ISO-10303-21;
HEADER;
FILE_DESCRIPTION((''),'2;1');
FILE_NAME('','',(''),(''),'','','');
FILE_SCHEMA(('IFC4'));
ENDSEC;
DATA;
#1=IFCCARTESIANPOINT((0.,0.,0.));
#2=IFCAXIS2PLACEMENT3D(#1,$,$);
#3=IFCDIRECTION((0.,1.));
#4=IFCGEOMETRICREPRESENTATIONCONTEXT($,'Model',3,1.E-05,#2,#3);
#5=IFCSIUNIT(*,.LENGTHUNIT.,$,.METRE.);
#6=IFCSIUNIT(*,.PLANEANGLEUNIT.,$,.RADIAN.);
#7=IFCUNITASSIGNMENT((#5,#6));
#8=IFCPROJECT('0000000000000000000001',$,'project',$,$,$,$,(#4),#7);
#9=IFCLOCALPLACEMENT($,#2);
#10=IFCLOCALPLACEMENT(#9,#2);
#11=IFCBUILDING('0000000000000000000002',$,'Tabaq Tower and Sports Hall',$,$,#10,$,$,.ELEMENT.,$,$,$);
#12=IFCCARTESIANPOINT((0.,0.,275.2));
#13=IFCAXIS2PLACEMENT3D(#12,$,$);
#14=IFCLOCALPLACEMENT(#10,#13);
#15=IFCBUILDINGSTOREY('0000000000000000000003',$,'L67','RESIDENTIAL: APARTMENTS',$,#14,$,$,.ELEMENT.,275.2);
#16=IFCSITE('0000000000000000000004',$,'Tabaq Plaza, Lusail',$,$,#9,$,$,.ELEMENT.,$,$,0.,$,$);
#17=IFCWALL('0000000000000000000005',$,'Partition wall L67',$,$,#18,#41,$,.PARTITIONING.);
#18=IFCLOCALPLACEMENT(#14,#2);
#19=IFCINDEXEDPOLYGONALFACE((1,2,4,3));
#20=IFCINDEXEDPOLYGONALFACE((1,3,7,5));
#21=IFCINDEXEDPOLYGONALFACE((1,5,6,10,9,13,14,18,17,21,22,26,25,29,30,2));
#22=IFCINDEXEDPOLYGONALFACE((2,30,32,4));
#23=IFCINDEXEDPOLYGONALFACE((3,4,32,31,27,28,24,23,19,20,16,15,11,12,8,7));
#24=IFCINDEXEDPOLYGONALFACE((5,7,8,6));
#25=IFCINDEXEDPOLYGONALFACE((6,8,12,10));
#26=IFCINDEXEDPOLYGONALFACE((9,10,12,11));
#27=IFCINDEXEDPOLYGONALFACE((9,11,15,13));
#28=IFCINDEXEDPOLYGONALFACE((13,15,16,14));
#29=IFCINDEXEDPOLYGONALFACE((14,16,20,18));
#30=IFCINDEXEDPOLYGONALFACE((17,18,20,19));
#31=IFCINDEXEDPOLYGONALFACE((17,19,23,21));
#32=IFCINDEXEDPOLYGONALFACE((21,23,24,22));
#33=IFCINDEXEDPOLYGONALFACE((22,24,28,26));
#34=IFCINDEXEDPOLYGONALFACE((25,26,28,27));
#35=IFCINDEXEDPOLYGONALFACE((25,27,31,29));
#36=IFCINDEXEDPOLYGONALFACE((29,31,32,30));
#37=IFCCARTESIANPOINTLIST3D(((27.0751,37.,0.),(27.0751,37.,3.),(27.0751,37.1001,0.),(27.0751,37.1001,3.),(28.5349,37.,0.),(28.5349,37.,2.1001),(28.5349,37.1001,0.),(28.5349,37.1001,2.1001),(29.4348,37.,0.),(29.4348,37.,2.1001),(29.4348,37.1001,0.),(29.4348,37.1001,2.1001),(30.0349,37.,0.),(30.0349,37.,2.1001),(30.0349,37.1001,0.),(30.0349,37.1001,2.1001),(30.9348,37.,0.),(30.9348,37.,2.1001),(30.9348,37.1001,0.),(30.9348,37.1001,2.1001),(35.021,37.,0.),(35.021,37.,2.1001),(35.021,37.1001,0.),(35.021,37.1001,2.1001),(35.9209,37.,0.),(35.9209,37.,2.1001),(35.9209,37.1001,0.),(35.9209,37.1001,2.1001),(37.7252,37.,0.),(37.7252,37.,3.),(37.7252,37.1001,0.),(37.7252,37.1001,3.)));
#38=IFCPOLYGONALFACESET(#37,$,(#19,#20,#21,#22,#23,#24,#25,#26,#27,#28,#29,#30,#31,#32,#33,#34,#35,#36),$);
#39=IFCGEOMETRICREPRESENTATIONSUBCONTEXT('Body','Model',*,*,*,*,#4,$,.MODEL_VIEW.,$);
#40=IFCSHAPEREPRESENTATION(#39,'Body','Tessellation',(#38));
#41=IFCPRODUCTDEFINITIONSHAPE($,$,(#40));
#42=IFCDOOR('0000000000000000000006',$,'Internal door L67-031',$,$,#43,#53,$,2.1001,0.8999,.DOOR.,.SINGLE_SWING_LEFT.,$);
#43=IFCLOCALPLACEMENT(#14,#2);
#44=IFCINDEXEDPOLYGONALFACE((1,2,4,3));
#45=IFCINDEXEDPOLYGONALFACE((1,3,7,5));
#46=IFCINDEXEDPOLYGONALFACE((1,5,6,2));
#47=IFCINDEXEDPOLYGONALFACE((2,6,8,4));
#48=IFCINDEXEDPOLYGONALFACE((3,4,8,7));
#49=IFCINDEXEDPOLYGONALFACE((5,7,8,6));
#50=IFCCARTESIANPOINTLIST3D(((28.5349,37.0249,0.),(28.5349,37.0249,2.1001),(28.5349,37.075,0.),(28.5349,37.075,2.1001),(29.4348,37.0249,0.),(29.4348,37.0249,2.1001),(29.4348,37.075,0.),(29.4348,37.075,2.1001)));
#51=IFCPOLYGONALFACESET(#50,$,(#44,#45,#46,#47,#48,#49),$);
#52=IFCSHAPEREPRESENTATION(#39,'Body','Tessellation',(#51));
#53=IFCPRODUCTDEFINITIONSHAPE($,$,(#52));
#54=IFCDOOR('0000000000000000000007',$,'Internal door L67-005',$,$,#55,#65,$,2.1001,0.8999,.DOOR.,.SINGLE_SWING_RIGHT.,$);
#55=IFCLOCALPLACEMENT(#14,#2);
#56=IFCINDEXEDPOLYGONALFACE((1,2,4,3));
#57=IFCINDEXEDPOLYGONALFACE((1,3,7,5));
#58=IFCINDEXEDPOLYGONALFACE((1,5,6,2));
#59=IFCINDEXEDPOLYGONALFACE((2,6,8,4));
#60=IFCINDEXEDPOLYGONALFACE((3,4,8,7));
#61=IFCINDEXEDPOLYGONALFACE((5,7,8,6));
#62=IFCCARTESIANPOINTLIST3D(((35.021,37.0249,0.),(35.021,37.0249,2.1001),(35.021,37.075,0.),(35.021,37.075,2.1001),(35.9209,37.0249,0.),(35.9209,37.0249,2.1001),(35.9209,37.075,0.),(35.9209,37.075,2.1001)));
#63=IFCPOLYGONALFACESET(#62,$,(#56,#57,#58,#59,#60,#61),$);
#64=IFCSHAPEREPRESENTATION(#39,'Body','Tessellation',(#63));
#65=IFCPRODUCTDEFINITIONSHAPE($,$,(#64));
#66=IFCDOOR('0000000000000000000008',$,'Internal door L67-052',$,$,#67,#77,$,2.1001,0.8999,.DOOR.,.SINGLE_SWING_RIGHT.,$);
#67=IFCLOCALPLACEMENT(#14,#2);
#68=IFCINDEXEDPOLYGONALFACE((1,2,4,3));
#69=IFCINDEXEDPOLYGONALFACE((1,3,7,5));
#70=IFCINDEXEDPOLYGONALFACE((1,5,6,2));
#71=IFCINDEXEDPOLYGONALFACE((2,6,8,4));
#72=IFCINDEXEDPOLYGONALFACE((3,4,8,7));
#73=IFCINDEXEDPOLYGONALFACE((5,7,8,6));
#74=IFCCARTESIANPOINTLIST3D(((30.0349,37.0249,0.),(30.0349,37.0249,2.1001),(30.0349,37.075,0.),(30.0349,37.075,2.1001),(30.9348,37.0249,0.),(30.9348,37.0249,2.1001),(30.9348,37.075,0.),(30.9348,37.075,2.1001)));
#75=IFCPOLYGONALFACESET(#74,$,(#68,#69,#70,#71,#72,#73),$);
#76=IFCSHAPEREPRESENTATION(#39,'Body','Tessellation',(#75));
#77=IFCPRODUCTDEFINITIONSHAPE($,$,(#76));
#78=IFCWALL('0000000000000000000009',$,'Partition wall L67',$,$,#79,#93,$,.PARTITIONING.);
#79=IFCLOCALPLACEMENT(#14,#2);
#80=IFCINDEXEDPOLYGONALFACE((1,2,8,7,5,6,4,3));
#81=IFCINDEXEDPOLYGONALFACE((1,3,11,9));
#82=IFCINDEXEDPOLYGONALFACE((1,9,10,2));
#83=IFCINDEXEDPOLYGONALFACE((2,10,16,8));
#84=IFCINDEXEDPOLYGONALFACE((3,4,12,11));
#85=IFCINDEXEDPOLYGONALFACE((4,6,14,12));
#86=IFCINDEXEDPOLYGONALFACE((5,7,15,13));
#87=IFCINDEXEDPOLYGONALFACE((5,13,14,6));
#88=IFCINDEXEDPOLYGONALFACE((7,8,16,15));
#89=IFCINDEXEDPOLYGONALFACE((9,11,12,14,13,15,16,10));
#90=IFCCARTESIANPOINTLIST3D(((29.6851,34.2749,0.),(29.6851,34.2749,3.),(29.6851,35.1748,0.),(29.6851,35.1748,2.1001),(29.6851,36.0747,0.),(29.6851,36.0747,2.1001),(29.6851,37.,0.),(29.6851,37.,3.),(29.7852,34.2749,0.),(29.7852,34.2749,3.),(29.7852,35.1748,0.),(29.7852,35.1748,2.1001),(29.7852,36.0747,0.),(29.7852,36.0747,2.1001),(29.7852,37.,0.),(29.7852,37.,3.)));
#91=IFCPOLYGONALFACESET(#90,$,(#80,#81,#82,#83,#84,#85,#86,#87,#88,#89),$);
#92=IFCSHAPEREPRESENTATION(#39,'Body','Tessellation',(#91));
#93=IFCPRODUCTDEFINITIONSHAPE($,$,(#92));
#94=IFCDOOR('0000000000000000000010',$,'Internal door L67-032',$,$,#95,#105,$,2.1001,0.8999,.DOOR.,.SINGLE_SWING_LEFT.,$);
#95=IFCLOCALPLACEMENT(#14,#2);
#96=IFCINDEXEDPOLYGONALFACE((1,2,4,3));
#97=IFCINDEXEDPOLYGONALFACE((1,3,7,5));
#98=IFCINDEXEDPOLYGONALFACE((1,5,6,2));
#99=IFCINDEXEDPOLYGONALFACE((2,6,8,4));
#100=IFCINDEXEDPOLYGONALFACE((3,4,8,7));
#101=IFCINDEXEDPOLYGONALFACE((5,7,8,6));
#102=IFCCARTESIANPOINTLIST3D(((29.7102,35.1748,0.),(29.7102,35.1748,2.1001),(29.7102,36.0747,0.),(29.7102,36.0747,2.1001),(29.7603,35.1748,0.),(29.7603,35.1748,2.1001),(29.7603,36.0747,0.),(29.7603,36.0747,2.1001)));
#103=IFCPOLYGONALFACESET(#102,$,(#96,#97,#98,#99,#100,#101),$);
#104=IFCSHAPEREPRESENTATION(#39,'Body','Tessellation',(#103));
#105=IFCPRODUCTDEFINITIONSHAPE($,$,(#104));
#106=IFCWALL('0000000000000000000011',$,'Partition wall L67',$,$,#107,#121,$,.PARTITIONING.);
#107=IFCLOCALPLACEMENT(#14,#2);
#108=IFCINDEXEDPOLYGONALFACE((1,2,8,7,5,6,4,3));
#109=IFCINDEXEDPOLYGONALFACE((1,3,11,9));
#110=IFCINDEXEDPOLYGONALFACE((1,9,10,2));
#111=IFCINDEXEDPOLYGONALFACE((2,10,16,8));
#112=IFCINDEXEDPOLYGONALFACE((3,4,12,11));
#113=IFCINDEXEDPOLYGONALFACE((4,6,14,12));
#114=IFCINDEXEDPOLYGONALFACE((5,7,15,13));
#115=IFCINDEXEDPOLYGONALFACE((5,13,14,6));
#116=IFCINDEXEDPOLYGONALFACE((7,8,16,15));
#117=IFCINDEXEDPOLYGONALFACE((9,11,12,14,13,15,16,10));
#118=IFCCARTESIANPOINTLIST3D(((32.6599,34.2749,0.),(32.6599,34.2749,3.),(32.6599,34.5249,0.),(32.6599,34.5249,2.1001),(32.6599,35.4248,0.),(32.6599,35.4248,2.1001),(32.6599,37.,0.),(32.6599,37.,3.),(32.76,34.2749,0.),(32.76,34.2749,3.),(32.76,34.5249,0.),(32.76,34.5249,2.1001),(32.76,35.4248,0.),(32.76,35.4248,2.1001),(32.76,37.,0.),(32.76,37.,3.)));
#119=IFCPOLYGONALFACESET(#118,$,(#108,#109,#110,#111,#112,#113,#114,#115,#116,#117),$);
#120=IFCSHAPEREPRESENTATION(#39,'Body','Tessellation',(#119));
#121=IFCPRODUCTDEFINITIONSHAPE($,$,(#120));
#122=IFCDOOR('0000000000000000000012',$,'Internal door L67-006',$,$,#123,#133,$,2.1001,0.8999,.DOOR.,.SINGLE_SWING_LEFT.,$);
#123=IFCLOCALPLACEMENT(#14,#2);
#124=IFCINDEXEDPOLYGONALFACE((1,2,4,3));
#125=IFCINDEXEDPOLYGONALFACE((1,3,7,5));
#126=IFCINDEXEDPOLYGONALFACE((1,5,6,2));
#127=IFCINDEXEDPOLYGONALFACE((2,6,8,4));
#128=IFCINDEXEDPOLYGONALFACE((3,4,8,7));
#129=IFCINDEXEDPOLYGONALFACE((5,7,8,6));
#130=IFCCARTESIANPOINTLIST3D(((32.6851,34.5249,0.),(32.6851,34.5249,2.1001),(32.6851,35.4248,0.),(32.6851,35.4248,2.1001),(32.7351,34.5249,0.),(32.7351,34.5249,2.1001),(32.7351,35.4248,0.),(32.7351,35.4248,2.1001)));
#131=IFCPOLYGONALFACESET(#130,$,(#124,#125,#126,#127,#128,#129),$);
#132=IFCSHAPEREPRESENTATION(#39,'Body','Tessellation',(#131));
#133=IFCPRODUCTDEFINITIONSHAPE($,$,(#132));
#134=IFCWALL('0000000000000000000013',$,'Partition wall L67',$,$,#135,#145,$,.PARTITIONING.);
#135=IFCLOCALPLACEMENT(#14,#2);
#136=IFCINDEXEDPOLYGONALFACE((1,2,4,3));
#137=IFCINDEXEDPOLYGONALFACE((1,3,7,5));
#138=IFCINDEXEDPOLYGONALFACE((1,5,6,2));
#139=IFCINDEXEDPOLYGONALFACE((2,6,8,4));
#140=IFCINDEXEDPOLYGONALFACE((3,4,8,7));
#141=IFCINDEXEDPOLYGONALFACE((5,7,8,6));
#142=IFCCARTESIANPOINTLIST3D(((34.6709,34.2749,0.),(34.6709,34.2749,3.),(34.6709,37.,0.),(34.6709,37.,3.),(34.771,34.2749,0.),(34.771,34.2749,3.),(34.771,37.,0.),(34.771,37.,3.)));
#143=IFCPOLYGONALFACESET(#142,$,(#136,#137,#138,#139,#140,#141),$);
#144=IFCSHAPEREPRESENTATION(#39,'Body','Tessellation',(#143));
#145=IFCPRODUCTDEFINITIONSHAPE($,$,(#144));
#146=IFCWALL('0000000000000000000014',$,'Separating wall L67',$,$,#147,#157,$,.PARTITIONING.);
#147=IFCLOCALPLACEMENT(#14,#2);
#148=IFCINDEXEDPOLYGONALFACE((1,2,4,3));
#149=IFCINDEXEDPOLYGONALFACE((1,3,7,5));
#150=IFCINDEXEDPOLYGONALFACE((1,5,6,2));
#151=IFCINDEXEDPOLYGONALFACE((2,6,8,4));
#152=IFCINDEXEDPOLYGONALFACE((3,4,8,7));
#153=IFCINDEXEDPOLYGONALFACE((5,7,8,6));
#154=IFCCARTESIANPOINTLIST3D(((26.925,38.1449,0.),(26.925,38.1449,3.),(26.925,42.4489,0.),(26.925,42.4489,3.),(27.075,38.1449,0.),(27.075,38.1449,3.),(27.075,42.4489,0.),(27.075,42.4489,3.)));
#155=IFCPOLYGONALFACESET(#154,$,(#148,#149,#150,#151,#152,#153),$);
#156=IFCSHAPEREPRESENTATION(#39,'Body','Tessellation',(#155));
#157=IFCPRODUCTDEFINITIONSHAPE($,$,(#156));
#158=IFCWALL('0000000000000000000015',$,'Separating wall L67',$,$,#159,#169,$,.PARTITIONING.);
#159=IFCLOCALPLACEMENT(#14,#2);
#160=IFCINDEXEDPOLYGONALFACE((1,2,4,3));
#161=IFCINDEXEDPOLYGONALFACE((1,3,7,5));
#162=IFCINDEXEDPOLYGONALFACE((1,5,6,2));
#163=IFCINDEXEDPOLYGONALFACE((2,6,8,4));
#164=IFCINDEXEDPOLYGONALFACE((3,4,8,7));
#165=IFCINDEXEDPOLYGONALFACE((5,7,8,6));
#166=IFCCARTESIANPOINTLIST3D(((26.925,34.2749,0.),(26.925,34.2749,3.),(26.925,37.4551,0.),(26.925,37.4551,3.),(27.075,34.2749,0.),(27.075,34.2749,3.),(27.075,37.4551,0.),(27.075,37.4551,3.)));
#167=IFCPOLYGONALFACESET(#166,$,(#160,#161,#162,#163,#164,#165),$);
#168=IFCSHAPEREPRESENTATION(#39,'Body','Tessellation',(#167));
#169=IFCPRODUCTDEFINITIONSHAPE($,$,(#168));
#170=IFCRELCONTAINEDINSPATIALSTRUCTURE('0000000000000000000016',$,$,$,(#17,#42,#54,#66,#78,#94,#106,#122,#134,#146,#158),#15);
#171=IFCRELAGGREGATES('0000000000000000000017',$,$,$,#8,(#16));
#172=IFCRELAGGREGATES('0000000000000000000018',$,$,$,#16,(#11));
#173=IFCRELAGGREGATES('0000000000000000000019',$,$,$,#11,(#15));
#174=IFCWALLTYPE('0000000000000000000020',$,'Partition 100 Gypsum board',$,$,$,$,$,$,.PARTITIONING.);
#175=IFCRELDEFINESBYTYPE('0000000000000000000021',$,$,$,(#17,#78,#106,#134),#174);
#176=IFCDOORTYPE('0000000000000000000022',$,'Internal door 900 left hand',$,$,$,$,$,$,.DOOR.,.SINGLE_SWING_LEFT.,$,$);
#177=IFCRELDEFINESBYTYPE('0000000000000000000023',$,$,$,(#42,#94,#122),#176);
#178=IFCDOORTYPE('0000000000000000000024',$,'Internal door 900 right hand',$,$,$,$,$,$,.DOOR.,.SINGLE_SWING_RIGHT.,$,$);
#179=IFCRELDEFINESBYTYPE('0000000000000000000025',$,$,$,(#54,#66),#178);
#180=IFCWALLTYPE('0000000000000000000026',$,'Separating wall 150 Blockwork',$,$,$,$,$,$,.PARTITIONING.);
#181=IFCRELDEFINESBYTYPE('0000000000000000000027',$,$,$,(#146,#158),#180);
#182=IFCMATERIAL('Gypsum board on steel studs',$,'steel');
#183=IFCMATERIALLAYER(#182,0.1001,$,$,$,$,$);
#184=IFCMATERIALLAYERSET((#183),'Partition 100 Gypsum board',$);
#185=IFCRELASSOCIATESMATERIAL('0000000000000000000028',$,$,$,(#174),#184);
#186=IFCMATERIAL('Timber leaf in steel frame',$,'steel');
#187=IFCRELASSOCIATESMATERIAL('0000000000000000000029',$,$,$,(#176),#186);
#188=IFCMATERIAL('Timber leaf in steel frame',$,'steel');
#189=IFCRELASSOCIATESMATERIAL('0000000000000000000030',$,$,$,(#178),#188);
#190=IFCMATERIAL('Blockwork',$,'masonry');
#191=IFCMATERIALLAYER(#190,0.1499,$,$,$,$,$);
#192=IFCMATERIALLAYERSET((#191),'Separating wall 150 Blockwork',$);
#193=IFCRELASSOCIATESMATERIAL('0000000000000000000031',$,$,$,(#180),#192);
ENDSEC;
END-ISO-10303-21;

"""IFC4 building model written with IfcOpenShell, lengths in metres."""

from ifc_helpers import new_model, si_unit, direction, frame, frame_2d, origin, place, context, subcontext, project, spatial, rectangle, extrude, material, layer, layer_set, type_object, element, fill, save


model = new_model("IFC4")

# Units and contexts
model_context = context("Model", 3, precision=1e-05, world=origin(), true_north=direction((0.0, 1.0)))
body_context = subcontext(model_context, "Body", "Model", "MODEL_VIEW")
ifc_project = project(units=[si_unit("LENGTHUNIT", "METRE"), si_unit("PLANEANGLEUNIT", "RADIAN")], contexts=[model_context])

# Site, building, storey
site_placement = place(None, origin())
site = spatial("IfcSite", under=ifc_project, at=site_placement, Name="Tabaq Plaza, Lusail", CompositionType="ELEMENT", RefElevation=0.0)
building_placement = place(site_placement, origin())
building = spatial("IfcBuilding", under=site, at=building_placement, Name="Tabaq Tower and Sports Hall", CompositionType="ELEMENT")
storey_placement = place(building_placement, frame((0.0, 0.0, 275.2)))
storey = spatial("IfcBuildingStorey", under=building, at=storey_placement, Name="L67", Description="RESIDENTIAL: APARTMENTS", CompositionType="ELEMENT", Elevation=275.2)

# Shared definitions
ifc_material_1 = material(Name="Gypsum board on steel studs", Category="steel")
ifc_layer_1 = layer(ifc_material_1, 0.1001)
ifc_layer_set_1 = layer_set([ifc_layer_1], Name="Partition 100 Gypsum board")
wall_type_1 = type_object("IfcWallType", Name="Partition 100 Gypsum board", PredefinedType="PARTITIONING", material=ifc_layer_set_1)

# Shared definitions
ifc_material_2 = material(Name="Timber leaf in steel frame", Category="steel")
door_type_1 = type_object("IfcDoorType", Name="Internal door 900 left hand", OperationType="SINGLE_SWING_LEFT", PredefinedType="DOOR", material=ifc_material_2)

# Wall, openings, doors
wall_1_placement = place(storey_placement, frame((27.075, 37.05, 0.0), z_axis=(0.0, 0.0, 1.0), x_axis=(1.0, 0.0, 0.0)))
wall_1 = element("IfcWall", 1, at=wall_1_placement, inside=storey, type_object=wall_type_1, Name="Partition wall L67", PredefinedType="PARTITIONING", context=body_context, shape_type="SweptSolid", body=[
    extrude(rectangle(XDim=10.6501, YDim=0.1001, at=frame_2d((5.3252, 0.0))), origin(), (0.0, 0.0, 1.0), 3.0),
])
opening_1_placement = place(wall_1_placement, frame((7.946, 0.0, 0.0)))
opening_1 = element("IfcOpeningElement", 2, at=opening_1_placement, cuts=wall_1, PredefinedType="OPENING", context=body_context, shape_type="SweptSolid", body=[
    extrude(rectangle(XDim=0.8999, YDim=2.1001, at=frame_2d((0.45, 1.05))), frame((0.0, 0.05, 0.0), z_axis=(0.0, -1.0, 0.0), x_axis=(1.0, 0.0, 0.0)), (0.0, 0.0, 1.0), 0.1001),
])
opening_2_placement = place(wall_1_placement, frame((1.46, 0.0, 0.0)))
opening_2 = element("IfcOpeningElement", 3, at=opening_2_placement, cuts=wall_1, PredefinedType="OPENING", context=body_context, shape_type="SweptSolid", body=[
    extrude(rectangle(XDim=0.8999, YDim=2.1001, at=frame_2d((0.45, 1.05))), frame((0.0, 0.05, 0.0), z_axis=(0.0, -1.0, 0.0), x_axis=(1.0, 0.0, 0.0)), (0.0, 0.0, 1.0), 0.1001),
])
opening_3_placement = place(wall_1_placement, frame((2.96, 0.0, 0.0)))
opening_3 = element("IfcOpeningElement", 4, at=opening_3_placement, cuts=wall_1, PredefinedType="OPENING", context=body_context, shape_type="SweptSolid", body=[
    extrude(rectangle(XDim=0.8999, YDim=2.1001, at=frame_2d((0.45, 1.05))), frame((0.0, 0.05, 0.0), z_axis=(0.0, -1.0, 0.0), x_axis=(1.0, 0.0, 0.0)), (0.0, 0.0, 1.0), 0.1001),
])
door_1_placement = place(opening_2_placement, origin())
door_1 = element("IfcDoor", 5, at=door_1_placement, inside=storey, type_object=door_type_1, Name="Internal door L67-031", OperationType="SINGLE_SWING_LEFT", OverallHeight=2.1001, OverallWidth=0.8999, PredefinedType="DOOR", context=body_context, shape_type="SweptSolid", body=[
    extrude(rectangle(XDim=0.8999, YDim=2.1001, at=frame_2d((0.45, 1.05))), frame((0.0, 0.0249, 0.0), z_axis=(0.0, -1.0, 0.0), x_axis=(1.0, 0.0, 0.0)), (0.0, 0.0, 1.0), 0.05),
])
fill(opening_2, door_1)
ifc_material_3 = material(Name="Timber leaf in steel frame", Category="steel")
door_type_2 = type_object("IfcDoorType", Name="Internal door 900 right hand", OperationType="SINGLE_SWING_RIGHT", PredefinedType="DOOR", material=ifc_material_3)
door_2_placement = place(opening_1_placement, origin())
door_2 = element("IfcDoor", 6, at=door_2_placement, inside=storey, type_object=door_type_2, Name="Internal door L67-005", OperationType="SINGLE_SWING_RIGHT", OverallHeight=2.1001, OverallWidth=0.8999, PredefinedType="DOOR", context=body_context, shape_type="SweptSolid", body=[
    extrude(rectangle(XDim=0.8999, YDim=2.1001, at=frame_2d((0.45, 1.05))), frame((0.0, 0.0249, 0.0), z_axis=(0.0, -1.0, 0.0), x_axis=(1.0, 0.0, 0.0)), (0.0, 0.0, 1.0), 0.05),
])
fill(opening_1, door_2)
door_3_placement = place(opening_3_placement, origin())
door_3 = element("IfcDoor", 7, at=door_3_placement, inside=storey, type_object=door_type_2, Name="Internal door L67-052", OperationType="SINGLE_SWING_RIGHT", OverallHeight=2.1001, OverallWidth=0.8999, PredefinedType="DOOR", context=body_context, shape_type="SweptSolid", body=[
    extrude(rectangle(XDim=0.8999, YDim=2.1001, at=frame_2d((0.45, 1.05))), frame((0.0, 0.0249, 0.0), z_axis=(0.0, -1.0, 0.0), x_axis=(1.0, 0.0, 0.0)), (0.0, 0.0, 1.0), 0.05),
])
fill(opening_3, door_3)

# Walls, openings, doors
wall_2_placement = place(storey_placement, frame((29.7351, 34.2749, 0.0), z_axis=(0.0, 0.0, 1.0), x_axis=(0.0, 1.0, 0.0)))
wall_2 = element("IfcWall", 8, at=wall_2_placement, inside=storey, type_object=wall_type_1, Name="Partition wall L67", PredefinedType="PARTITIONING", context=body_context, shape_type="SweptSolid", body=[
    extrude(rectangle(XDim=2.7251, YDim=0.1001, at=frame_2d((1.3625, 0.0))), origin(), (0.0, 0.0, 1.0), 3.0),
])
opening_4_placement = place(wall_2_placement, frame((0.8999, 0.0, 0.0)))
opening_4 = element("IfcOpeningElement", 9, at=opening_4_placement, cuts=wall_2, PredefinedType="OPENING", context=body_context, shape_type="SweptSolid", body=[
    extrude(rectangle(XDim=0.8999, YDim=2.1001, at=frame_2d((0.45, 1.05))), frame((0.0, 0.05, 0.0), z_axis=(0.0, -1.0, 0.0), x_axis=(1.0, 0.0, 0.0)), (0.0, 0.0, 1.0), 0.1001),
])
door_4_placement = place(opening_4_placement, origin())
door_4 = element("IfcDoor", 10, at=door_4_placement, inside=storey, type_object=door_type_1, Name="Internal door L67-032", OperationType="SINGLE_SWING_LEFT", OverallHeight=2.1001, OverallWidth=0.8999, PredefinedType="DOOR", context=body_context, shape_type="SweptSolid", body=[
    extrude(rectangle(XDim=0.8999, YDim=2.1001, at=frame_2d((0.45, 1.05))), frame((0.0, 0.0249, 0.0), z_axis=(0.0, -1.0, 0.0), x_axis=(1.0, 0.0, 0.0)), (0.0, 0.0, 1.0), 0.05),
])
fill(opening_4, door_4)
wall_3_placement = place(storey_placement, frame((32.71, 34.2749, 0.0), z_axis=(0.0, 0.0, 1.0), x_axis=(0.0, 1.0, 0.0)))
wall_3 = element("IfcWall", 11, at=wall_3_placement, inside=storey, type_object=wall_type_1, Name="Partition wall L67", PredefinedType="PARTITIONING", context=body_context, shape_type="SweptSolid", body=[
    extrude(rectangle(XDim=2.7251, YDim=0.1001, at=frame_2d((1.3625, 0.0))), origin(), (0.0, 0.0, 1.0), 3.0),
])
opening_5_placement = place(wall_3_placement, frame((0.25, 0.0, 0.0)))
opening_5 = element("IfcOpeningElement", 12, at=opening_5_placement, cuts=wall_3, PredefinedType="OPENING", context=body_context, shape_type="SweptSolid", body=[
    extrude(rectangle(XDim=0.8999, YDim=2.1001, at=frame_2d((0.45, 1.05))), frame((0.0, 0.05, 0.0), z_axis=(0.0, -1.0, 0.0), x_axis=(1.0, 0.0, 0.0)), (0.0, 0.0, 1.0), 0.1001),
])
door_5_placement = place(opening_5_placement, origin())
door_5 = element("IfcDoor", 13, at=door_5_placement, inside=storey, type_object=door_type_1, Name="Internal door L67-006", OperationType="SINGLE_SWING_LEFT", OverallHeight=2.1001, OverallWidth=0.8999, PredefinedType="DOOR", context=body_context, shape_type="SweptSolid", body=[
    extrude(rectangle(XDim=0.8999, YDim=2.1001, at=frame_2d((0.45, 1.05))), frame((0.0, 0.0249, 0.0), z_axis=(0.0, -1.0, 0.0), x_axis=(1.0, 0.0, 0.0)), (0.0, 0.0, 1.0), 0.05),
])
fill(opening_5, door_5)

# Walls
wall_4_placement = place(storey_placement, frame((34.7209, 34.2749, 0.0), z_axis=(0.0, 0.0, 1.0), x_axis=(0.0, 1.0, 0.0)))
element("IfcWall", 14, at=wall_4_placement, inside=storey, type_object=wall_type_1, Name="Partition wall L67", PredefinedType="PARTITIONING", context=body_context, shape_type="SweptSolid", body=[
    extrude(rectangle(XDim=2.7251, YDim=0.1001, at=frame_2d((1.3625, 0.0))), origin(), (0.0, 0.0, 1.0), 3.0),
])
ifc_material_4 = material(Name="Blockwork", Category="masonry")
ifc_layer_2 = layer(ifc_material_4, 0.1499)
ifc_layer_set_2 = layer_set([ifc_layer_2], Name="Separating wall 150 Blockwork")
wall_type_2 = type_object("IfcWallType", Name="Separating wall 150 Blockwork", PredefinedType="PARTITIONING", material=ifc_layer_set_2)
wall_5_placement = place(storey_placement, frame((27.0, 38.145, 0.0), z_axis=(0.0, 0.0, 1.0), x_axis=(0.0, 1.0, 0.0)))
element("IfcWall", 15, at=wall_5_placement, inside=storey, type_object=wall_type_2, Name="Separating wall L67", PredefinedType="PARTITIONING", context=body_context, shape_type="SweptSolid", body=[
    extrude(rectangle(XDim=4.304, YDim=0.1499, at=frame_2d((2.1519, 0.0))), origin(), (0.0, 0.0, 1.0), 3.0),
])
for number, where, z_axis, x_axis, name in (
    (16, (27.0, 34.2749, 0.0), (0.0, 0.0, 1.0), (0.0, 1.0, 0.0), "Separating wall L67"),
):
    element("IfcWall", number, at=place(storey_placement, frame(where, z_axis=z_axis, x_axis=x_axis)), inside=storey, type_object=wall_type_2, Name=name, PredefinedType="PARTITIONING", context=body_context, shape_type="SweptSolid", body=[
        extrude(rectangle(XDim=3.1802, YDim=0.1499, at=frame_2d((1.5901, 0.0))), origin(), (0.0, 0.0, 1.0), 3.0),
    ])

save(model, "model.ifc")
